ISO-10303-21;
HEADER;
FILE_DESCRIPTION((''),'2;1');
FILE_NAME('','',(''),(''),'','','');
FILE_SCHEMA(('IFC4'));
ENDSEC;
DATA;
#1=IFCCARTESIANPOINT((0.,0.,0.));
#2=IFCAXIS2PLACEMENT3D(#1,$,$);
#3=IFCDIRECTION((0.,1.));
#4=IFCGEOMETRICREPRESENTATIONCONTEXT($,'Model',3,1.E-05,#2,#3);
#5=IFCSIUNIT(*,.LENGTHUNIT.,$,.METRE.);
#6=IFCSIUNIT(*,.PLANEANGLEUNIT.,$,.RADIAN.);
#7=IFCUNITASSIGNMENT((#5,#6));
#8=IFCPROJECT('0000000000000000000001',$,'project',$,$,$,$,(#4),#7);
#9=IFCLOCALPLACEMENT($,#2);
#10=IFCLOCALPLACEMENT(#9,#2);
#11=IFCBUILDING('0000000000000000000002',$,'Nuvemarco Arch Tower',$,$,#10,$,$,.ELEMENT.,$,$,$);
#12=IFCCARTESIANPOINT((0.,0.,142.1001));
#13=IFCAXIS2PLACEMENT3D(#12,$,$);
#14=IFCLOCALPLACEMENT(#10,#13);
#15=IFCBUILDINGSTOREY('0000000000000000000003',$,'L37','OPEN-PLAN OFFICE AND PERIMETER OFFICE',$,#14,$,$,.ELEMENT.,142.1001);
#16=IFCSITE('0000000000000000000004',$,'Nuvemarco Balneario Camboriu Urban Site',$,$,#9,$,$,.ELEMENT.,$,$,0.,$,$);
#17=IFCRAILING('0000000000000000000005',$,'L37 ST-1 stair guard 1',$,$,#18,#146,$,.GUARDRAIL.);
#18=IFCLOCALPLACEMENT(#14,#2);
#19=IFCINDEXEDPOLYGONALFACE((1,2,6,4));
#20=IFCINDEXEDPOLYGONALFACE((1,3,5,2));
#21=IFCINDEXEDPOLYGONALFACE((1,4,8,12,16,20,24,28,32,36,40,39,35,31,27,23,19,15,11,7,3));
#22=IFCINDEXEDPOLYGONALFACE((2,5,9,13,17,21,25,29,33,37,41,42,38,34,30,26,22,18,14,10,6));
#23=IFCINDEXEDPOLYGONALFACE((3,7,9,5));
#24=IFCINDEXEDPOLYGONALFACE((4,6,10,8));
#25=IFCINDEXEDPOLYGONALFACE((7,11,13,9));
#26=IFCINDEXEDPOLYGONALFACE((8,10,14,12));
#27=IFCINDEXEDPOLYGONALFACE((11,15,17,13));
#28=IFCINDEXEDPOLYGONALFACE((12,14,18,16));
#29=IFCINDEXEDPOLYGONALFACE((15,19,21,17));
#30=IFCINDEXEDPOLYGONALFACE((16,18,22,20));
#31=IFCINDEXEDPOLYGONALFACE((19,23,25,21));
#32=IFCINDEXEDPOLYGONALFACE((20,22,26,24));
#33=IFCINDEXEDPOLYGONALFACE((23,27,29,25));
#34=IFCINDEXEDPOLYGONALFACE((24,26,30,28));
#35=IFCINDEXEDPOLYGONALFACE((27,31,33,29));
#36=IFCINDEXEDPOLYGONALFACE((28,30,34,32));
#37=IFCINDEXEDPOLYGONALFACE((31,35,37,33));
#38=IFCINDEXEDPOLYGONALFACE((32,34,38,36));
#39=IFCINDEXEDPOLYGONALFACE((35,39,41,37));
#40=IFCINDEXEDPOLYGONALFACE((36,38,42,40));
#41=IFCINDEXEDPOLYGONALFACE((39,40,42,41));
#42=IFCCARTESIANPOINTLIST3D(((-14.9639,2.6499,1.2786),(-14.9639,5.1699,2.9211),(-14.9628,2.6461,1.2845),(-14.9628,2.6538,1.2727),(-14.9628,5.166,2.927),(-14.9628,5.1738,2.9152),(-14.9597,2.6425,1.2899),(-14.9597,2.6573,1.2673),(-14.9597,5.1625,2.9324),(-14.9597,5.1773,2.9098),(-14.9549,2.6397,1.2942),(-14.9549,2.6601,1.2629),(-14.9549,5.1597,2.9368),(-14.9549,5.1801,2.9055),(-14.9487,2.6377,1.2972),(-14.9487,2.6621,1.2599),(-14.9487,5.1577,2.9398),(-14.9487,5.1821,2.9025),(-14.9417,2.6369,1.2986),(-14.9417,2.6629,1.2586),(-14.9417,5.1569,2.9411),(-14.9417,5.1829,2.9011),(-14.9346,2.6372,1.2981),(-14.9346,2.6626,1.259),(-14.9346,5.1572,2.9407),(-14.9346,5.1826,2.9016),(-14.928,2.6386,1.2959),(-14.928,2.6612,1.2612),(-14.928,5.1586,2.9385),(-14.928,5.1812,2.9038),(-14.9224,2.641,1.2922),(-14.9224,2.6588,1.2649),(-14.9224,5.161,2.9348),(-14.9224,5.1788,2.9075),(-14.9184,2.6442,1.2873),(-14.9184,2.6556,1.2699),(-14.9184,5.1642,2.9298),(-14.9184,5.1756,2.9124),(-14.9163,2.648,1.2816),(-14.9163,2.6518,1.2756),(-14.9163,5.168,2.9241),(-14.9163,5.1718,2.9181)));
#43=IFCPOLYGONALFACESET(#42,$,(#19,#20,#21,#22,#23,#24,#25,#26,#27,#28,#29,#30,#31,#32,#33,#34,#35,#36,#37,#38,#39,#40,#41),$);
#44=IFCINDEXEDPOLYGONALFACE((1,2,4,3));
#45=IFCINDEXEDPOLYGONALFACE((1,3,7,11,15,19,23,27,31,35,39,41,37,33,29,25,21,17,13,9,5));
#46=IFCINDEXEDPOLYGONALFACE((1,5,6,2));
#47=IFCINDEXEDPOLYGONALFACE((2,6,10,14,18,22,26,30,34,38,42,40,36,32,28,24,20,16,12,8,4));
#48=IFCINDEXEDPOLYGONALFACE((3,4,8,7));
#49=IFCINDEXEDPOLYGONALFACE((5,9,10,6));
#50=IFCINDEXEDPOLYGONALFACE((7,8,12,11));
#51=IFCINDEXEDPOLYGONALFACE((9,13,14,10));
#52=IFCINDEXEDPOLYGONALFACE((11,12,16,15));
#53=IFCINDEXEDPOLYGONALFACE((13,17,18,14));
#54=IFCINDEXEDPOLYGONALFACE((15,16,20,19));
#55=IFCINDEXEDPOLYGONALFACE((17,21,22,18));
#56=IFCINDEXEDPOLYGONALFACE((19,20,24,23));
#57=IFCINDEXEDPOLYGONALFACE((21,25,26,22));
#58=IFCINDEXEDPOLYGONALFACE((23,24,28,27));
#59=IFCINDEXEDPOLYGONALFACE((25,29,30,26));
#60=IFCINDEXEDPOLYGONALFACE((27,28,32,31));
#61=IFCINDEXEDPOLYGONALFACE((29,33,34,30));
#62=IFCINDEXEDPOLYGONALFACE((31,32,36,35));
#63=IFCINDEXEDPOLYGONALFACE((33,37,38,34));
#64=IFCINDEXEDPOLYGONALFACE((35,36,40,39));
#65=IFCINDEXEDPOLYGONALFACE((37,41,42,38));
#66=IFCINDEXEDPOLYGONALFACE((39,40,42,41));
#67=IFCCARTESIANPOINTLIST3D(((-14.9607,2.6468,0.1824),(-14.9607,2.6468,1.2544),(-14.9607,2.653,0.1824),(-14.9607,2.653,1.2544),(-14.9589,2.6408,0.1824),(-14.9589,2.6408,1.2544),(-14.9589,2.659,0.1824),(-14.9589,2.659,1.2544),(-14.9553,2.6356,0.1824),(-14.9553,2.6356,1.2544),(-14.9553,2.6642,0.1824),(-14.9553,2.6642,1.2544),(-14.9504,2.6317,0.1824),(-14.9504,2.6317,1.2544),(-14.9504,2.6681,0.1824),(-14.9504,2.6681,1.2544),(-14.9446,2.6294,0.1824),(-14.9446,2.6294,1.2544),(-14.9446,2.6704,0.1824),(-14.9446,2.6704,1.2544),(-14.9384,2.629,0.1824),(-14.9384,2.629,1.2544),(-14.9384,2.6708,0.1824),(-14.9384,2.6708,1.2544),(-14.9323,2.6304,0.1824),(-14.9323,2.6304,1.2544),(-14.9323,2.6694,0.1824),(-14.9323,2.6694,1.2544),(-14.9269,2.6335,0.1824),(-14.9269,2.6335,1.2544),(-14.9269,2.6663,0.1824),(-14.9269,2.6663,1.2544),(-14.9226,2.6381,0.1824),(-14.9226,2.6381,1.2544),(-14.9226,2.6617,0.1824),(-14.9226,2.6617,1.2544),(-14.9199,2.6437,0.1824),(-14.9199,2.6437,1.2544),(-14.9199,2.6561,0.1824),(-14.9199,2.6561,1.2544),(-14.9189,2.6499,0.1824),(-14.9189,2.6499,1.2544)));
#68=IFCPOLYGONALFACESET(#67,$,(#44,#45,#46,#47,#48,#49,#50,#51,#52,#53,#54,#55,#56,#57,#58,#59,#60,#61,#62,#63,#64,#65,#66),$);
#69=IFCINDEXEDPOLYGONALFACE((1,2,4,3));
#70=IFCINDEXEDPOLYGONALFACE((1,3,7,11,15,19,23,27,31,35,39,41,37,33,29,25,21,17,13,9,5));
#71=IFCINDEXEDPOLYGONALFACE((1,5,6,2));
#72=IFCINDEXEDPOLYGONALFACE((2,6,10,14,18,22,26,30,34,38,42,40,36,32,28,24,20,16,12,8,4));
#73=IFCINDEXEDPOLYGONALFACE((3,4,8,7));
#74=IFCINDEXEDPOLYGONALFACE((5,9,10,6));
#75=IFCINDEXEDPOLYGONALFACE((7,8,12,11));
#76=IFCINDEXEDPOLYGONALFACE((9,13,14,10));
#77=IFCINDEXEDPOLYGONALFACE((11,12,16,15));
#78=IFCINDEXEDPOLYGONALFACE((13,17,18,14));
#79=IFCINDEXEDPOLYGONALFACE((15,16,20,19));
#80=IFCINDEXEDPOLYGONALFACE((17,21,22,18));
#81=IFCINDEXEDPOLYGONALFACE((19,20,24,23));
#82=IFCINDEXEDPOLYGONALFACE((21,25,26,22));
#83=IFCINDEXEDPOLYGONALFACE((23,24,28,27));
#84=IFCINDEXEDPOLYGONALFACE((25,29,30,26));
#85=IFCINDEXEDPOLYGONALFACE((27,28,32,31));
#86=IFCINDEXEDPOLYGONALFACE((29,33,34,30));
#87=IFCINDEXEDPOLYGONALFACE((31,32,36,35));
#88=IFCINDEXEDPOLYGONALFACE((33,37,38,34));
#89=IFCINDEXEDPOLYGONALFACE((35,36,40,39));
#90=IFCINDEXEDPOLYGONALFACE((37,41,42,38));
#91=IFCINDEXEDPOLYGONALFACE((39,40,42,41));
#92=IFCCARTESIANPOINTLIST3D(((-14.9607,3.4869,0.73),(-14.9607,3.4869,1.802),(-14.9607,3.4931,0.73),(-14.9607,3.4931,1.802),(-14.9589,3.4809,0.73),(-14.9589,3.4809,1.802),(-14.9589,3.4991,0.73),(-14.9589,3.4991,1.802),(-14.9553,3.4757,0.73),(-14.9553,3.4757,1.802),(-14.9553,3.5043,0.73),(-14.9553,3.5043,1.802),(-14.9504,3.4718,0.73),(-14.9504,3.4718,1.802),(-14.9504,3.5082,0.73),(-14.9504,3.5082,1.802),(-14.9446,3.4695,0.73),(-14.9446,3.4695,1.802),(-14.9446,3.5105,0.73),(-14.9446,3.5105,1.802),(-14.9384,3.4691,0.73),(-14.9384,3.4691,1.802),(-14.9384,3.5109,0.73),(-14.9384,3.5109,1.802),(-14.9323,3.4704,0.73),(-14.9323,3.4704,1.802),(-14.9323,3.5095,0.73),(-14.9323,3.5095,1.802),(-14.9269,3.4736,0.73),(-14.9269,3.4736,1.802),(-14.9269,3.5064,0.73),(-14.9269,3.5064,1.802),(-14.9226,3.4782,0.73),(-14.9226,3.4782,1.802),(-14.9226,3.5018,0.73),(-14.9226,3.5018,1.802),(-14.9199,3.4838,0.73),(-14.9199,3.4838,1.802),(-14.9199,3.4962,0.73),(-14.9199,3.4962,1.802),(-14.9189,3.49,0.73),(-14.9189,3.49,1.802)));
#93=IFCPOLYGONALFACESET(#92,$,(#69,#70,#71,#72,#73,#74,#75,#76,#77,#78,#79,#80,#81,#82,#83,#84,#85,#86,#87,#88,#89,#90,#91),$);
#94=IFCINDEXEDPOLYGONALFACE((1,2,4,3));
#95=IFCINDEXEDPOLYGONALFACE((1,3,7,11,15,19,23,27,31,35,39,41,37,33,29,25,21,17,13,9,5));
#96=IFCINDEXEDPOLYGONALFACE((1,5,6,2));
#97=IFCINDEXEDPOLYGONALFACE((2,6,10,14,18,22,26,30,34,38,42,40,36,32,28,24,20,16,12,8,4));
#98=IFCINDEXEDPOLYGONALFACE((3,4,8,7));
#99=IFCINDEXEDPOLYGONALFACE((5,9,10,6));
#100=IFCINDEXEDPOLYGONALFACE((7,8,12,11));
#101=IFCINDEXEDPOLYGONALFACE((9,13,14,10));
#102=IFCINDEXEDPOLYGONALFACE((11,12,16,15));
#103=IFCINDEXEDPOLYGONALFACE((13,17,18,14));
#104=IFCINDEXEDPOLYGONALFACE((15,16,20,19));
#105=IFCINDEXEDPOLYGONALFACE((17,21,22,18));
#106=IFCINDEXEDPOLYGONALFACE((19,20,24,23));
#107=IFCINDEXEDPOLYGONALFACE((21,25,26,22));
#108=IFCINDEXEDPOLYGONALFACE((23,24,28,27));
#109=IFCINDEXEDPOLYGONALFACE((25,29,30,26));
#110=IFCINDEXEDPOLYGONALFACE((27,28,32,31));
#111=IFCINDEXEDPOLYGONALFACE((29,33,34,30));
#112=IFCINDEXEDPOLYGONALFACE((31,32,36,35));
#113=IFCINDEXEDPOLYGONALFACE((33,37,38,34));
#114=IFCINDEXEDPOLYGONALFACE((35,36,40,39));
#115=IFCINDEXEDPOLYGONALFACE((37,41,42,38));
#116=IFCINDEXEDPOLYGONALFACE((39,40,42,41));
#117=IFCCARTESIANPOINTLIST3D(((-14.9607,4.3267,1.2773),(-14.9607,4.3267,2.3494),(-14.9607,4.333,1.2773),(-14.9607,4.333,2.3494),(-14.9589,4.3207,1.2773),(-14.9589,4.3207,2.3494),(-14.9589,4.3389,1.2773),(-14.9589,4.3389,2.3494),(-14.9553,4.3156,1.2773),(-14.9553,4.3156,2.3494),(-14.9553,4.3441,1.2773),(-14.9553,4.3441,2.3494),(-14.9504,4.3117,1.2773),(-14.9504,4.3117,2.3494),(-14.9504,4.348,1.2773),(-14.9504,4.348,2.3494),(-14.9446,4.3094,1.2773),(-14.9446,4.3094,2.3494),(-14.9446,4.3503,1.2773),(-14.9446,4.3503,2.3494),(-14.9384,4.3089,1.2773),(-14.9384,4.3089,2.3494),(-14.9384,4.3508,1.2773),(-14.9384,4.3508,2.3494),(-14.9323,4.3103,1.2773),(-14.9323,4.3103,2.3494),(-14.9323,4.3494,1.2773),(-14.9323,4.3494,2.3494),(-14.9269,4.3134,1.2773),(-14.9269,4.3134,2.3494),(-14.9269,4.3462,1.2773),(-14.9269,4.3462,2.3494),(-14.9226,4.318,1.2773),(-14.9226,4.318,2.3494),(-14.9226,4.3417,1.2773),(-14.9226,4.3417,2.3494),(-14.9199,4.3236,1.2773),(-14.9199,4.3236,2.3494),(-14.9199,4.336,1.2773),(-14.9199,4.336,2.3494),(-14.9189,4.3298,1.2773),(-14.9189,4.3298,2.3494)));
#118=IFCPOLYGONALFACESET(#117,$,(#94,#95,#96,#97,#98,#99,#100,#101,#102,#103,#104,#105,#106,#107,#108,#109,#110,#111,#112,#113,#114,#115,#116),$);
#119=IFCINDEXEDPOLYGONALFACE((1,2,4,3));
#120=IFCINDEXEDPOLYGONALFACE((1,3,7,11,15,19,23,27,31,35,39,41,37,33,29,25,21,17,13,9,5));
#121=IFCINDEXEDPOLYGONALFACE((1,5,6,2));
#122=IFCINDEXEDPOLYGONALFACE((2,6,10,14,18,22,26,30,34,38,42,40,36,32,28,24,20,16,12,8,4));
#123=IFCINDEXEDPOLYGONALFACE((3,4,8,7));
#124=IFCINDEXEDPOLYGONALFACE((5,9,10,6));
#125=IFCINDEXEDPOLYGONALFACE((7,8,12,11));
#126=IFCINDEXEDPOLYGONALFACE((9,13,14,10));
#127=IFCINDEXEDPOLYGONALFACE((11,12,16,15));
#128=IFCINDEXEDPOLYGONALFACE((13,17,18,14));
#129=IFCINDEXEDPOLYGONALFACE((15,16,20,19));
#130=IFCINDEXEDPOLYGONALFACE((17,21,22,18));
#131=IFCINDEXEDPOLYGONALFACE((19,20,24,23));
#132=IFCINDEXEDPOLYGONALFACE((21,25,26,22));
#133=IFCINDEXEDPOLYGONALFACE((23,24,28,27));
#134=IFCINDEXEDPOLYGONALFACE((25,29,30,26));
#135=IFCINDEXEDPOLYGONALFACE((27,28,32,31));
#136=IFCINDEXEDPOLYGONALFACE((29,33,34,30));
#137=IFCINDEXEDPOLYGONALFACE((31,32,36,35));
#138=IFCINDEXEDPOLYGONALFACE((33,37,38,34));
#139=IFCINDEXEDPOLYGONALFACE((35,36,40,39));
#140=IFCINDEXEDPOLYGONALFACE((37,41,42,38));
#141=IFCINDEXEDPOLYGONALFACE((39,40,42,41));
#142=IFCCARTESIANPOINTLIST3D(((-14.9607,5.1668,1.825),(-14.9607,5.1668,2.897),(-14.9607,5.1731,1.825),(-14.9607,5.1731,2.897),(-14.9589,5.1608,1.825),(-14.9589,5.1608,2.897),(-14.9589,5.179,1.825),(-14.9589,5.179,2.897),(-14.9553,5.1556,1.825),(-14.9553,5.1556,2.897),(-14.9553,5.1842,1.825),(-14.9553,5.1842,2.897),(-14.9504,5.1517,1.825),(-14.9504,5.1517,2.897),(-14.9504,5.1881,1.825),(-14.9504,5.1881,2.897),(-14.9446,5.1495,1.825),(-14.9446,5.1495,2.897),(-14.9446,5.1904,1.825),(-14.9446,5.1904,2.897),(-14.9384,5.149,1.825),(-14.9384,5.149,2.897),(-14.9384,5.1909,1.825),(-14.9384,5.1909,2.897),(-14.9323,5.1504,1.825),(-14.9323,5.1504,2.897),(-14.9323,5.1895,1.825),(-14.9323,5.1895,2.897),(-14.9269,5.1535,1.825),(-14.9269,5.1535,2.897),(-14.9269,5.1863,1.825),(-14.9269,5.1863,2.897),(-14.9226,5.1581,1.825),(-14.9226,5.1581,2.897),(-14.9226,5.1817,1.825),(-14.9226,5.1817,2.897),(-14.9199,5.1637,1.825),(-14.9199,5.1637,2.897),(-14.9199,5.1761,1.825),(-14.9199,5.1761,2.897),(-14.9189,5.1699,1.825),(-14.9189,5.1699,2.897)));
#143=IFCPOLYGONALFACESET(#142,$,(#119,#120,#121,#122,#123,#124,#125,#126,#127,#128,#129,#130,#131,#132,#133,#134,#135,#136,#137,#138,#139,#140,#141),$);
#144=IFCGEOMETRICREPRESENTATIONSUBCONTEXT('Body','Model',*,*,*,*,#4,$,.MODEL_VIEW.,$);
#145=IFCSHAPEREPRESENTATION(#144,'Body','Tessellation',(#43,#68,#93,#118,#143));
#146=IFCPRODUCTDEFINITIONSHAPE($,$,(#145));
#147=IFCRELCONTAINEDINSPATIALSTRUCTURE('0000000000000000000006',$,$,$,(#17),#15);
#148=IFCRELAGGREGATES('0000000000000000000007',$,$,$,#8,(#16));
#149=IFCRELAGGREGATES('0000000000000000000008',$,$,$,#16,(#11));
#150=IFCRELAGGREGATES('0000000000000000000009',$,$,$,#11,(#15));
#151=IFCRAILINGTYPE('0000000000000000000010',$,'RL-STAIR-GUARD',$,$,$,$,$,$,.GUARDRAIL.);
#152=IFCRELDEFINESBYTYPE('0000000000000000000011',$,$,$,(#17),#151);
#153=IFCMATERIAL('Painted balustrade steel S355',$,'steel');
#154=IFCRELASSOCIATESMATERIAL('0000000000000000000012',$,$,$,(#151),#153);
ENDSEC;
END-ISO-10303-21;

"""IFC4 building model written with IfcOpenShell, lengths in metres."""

from ifc_helpers import new_model, si_unit, direction, frame, origin, origin_2d, place, context, subcontext, project, spatial, circle, extrude, material, type_object, element, save


model = new_model("IFC4")

# Units and contexts
model_context = context("Model", 3, precision=1e-05, world=origin(), true_north=direction((0.0, 1.0)))
body_context = subcontext(model_context, "Body", "Model", "MODEL_VIEW")
ifc_project = project(units=[si_unit("LENGTHUNIT", "METRE"), si_unit("PLANEANGLEUNIT", "RADIAN")], contexts=[model_context])

# Site, building, storey
site_placement = place(None, origin())
site = spatial("IfcSite", under=ifc_project, at=site_placement, Name="Nuvemarco Balneario Camboriu Urban Site", CompositionType="ELEMENT", RefElevation=0.0)
building_placement = place(site_placement, origin())
building = spatial("IfcBuilding", under=site, at=building_placement, Name="Nuvemarco Arch Tower", CompositionType="ELEMENT")
storey_placement = place(building_placement, frame((0.0, 0.0, 142.1001)))
storey = spatial("IfcBuildingStorey", under=building, at=storey_placement, Name="L37", Description="OPEN-PLAN OFFICE AND PERIMETER OFFICE", CompositionType="ELEMENT", Elevation=142.1001)

# Railing
ifc_material_1 = material(Name="Painted balustrade steel S355", Category="steel")
railing_type_1 = type_object("IfcRailingType", Name="RL-STAIR-GUARD", PredefinedType="GUARDRAIL", material=ifc_material_1)
railing_1_placement = place(storey_placement, frame((-14.9399, 2.6499, 0.1824)))
element("IfcRailing", 1, at=railing_1_placement, inside=storey, type_object=railing_type_1, Name="L37 ST-1 stair guard 1", PredefinedType="GUARDRAIL", context=body_context, shape_type="SweptSolid", body=[
    extrude(circle(Radius=0.0239, at=origin_2d()), frame((0.0, 0.0, 1.0962), z_axis=(0.0, 0.837749, 0.546055), x_axis=(-1.0, 0.0, 0.0)), (0.0, 0.0, 1.0), 3.0081),
    extrude(circle(Radius=0.021, at=origin_2d()), origin(), (0.0, 0.0, 1.0), 1.072),
    extrude(circle(Radius=0.021, at=origin_2d()), frame((0.0, 0.8401, 0.5476)), (0.0, 0.0, 1.0), 1.072),
    extrude(circle(Radius=0.021, at=origin_2d()), frame((0.0, 1.6799, 1.095)), (0.0, 0.0, 1.0), 1.072),
    extrude(circle(Radius=0.021, at=origin_2d()), frame((0.0, 2.52, 1.6426)), (0.0, 0.0, 1.0), 1.072),
])

save(model, "model.ifc")
